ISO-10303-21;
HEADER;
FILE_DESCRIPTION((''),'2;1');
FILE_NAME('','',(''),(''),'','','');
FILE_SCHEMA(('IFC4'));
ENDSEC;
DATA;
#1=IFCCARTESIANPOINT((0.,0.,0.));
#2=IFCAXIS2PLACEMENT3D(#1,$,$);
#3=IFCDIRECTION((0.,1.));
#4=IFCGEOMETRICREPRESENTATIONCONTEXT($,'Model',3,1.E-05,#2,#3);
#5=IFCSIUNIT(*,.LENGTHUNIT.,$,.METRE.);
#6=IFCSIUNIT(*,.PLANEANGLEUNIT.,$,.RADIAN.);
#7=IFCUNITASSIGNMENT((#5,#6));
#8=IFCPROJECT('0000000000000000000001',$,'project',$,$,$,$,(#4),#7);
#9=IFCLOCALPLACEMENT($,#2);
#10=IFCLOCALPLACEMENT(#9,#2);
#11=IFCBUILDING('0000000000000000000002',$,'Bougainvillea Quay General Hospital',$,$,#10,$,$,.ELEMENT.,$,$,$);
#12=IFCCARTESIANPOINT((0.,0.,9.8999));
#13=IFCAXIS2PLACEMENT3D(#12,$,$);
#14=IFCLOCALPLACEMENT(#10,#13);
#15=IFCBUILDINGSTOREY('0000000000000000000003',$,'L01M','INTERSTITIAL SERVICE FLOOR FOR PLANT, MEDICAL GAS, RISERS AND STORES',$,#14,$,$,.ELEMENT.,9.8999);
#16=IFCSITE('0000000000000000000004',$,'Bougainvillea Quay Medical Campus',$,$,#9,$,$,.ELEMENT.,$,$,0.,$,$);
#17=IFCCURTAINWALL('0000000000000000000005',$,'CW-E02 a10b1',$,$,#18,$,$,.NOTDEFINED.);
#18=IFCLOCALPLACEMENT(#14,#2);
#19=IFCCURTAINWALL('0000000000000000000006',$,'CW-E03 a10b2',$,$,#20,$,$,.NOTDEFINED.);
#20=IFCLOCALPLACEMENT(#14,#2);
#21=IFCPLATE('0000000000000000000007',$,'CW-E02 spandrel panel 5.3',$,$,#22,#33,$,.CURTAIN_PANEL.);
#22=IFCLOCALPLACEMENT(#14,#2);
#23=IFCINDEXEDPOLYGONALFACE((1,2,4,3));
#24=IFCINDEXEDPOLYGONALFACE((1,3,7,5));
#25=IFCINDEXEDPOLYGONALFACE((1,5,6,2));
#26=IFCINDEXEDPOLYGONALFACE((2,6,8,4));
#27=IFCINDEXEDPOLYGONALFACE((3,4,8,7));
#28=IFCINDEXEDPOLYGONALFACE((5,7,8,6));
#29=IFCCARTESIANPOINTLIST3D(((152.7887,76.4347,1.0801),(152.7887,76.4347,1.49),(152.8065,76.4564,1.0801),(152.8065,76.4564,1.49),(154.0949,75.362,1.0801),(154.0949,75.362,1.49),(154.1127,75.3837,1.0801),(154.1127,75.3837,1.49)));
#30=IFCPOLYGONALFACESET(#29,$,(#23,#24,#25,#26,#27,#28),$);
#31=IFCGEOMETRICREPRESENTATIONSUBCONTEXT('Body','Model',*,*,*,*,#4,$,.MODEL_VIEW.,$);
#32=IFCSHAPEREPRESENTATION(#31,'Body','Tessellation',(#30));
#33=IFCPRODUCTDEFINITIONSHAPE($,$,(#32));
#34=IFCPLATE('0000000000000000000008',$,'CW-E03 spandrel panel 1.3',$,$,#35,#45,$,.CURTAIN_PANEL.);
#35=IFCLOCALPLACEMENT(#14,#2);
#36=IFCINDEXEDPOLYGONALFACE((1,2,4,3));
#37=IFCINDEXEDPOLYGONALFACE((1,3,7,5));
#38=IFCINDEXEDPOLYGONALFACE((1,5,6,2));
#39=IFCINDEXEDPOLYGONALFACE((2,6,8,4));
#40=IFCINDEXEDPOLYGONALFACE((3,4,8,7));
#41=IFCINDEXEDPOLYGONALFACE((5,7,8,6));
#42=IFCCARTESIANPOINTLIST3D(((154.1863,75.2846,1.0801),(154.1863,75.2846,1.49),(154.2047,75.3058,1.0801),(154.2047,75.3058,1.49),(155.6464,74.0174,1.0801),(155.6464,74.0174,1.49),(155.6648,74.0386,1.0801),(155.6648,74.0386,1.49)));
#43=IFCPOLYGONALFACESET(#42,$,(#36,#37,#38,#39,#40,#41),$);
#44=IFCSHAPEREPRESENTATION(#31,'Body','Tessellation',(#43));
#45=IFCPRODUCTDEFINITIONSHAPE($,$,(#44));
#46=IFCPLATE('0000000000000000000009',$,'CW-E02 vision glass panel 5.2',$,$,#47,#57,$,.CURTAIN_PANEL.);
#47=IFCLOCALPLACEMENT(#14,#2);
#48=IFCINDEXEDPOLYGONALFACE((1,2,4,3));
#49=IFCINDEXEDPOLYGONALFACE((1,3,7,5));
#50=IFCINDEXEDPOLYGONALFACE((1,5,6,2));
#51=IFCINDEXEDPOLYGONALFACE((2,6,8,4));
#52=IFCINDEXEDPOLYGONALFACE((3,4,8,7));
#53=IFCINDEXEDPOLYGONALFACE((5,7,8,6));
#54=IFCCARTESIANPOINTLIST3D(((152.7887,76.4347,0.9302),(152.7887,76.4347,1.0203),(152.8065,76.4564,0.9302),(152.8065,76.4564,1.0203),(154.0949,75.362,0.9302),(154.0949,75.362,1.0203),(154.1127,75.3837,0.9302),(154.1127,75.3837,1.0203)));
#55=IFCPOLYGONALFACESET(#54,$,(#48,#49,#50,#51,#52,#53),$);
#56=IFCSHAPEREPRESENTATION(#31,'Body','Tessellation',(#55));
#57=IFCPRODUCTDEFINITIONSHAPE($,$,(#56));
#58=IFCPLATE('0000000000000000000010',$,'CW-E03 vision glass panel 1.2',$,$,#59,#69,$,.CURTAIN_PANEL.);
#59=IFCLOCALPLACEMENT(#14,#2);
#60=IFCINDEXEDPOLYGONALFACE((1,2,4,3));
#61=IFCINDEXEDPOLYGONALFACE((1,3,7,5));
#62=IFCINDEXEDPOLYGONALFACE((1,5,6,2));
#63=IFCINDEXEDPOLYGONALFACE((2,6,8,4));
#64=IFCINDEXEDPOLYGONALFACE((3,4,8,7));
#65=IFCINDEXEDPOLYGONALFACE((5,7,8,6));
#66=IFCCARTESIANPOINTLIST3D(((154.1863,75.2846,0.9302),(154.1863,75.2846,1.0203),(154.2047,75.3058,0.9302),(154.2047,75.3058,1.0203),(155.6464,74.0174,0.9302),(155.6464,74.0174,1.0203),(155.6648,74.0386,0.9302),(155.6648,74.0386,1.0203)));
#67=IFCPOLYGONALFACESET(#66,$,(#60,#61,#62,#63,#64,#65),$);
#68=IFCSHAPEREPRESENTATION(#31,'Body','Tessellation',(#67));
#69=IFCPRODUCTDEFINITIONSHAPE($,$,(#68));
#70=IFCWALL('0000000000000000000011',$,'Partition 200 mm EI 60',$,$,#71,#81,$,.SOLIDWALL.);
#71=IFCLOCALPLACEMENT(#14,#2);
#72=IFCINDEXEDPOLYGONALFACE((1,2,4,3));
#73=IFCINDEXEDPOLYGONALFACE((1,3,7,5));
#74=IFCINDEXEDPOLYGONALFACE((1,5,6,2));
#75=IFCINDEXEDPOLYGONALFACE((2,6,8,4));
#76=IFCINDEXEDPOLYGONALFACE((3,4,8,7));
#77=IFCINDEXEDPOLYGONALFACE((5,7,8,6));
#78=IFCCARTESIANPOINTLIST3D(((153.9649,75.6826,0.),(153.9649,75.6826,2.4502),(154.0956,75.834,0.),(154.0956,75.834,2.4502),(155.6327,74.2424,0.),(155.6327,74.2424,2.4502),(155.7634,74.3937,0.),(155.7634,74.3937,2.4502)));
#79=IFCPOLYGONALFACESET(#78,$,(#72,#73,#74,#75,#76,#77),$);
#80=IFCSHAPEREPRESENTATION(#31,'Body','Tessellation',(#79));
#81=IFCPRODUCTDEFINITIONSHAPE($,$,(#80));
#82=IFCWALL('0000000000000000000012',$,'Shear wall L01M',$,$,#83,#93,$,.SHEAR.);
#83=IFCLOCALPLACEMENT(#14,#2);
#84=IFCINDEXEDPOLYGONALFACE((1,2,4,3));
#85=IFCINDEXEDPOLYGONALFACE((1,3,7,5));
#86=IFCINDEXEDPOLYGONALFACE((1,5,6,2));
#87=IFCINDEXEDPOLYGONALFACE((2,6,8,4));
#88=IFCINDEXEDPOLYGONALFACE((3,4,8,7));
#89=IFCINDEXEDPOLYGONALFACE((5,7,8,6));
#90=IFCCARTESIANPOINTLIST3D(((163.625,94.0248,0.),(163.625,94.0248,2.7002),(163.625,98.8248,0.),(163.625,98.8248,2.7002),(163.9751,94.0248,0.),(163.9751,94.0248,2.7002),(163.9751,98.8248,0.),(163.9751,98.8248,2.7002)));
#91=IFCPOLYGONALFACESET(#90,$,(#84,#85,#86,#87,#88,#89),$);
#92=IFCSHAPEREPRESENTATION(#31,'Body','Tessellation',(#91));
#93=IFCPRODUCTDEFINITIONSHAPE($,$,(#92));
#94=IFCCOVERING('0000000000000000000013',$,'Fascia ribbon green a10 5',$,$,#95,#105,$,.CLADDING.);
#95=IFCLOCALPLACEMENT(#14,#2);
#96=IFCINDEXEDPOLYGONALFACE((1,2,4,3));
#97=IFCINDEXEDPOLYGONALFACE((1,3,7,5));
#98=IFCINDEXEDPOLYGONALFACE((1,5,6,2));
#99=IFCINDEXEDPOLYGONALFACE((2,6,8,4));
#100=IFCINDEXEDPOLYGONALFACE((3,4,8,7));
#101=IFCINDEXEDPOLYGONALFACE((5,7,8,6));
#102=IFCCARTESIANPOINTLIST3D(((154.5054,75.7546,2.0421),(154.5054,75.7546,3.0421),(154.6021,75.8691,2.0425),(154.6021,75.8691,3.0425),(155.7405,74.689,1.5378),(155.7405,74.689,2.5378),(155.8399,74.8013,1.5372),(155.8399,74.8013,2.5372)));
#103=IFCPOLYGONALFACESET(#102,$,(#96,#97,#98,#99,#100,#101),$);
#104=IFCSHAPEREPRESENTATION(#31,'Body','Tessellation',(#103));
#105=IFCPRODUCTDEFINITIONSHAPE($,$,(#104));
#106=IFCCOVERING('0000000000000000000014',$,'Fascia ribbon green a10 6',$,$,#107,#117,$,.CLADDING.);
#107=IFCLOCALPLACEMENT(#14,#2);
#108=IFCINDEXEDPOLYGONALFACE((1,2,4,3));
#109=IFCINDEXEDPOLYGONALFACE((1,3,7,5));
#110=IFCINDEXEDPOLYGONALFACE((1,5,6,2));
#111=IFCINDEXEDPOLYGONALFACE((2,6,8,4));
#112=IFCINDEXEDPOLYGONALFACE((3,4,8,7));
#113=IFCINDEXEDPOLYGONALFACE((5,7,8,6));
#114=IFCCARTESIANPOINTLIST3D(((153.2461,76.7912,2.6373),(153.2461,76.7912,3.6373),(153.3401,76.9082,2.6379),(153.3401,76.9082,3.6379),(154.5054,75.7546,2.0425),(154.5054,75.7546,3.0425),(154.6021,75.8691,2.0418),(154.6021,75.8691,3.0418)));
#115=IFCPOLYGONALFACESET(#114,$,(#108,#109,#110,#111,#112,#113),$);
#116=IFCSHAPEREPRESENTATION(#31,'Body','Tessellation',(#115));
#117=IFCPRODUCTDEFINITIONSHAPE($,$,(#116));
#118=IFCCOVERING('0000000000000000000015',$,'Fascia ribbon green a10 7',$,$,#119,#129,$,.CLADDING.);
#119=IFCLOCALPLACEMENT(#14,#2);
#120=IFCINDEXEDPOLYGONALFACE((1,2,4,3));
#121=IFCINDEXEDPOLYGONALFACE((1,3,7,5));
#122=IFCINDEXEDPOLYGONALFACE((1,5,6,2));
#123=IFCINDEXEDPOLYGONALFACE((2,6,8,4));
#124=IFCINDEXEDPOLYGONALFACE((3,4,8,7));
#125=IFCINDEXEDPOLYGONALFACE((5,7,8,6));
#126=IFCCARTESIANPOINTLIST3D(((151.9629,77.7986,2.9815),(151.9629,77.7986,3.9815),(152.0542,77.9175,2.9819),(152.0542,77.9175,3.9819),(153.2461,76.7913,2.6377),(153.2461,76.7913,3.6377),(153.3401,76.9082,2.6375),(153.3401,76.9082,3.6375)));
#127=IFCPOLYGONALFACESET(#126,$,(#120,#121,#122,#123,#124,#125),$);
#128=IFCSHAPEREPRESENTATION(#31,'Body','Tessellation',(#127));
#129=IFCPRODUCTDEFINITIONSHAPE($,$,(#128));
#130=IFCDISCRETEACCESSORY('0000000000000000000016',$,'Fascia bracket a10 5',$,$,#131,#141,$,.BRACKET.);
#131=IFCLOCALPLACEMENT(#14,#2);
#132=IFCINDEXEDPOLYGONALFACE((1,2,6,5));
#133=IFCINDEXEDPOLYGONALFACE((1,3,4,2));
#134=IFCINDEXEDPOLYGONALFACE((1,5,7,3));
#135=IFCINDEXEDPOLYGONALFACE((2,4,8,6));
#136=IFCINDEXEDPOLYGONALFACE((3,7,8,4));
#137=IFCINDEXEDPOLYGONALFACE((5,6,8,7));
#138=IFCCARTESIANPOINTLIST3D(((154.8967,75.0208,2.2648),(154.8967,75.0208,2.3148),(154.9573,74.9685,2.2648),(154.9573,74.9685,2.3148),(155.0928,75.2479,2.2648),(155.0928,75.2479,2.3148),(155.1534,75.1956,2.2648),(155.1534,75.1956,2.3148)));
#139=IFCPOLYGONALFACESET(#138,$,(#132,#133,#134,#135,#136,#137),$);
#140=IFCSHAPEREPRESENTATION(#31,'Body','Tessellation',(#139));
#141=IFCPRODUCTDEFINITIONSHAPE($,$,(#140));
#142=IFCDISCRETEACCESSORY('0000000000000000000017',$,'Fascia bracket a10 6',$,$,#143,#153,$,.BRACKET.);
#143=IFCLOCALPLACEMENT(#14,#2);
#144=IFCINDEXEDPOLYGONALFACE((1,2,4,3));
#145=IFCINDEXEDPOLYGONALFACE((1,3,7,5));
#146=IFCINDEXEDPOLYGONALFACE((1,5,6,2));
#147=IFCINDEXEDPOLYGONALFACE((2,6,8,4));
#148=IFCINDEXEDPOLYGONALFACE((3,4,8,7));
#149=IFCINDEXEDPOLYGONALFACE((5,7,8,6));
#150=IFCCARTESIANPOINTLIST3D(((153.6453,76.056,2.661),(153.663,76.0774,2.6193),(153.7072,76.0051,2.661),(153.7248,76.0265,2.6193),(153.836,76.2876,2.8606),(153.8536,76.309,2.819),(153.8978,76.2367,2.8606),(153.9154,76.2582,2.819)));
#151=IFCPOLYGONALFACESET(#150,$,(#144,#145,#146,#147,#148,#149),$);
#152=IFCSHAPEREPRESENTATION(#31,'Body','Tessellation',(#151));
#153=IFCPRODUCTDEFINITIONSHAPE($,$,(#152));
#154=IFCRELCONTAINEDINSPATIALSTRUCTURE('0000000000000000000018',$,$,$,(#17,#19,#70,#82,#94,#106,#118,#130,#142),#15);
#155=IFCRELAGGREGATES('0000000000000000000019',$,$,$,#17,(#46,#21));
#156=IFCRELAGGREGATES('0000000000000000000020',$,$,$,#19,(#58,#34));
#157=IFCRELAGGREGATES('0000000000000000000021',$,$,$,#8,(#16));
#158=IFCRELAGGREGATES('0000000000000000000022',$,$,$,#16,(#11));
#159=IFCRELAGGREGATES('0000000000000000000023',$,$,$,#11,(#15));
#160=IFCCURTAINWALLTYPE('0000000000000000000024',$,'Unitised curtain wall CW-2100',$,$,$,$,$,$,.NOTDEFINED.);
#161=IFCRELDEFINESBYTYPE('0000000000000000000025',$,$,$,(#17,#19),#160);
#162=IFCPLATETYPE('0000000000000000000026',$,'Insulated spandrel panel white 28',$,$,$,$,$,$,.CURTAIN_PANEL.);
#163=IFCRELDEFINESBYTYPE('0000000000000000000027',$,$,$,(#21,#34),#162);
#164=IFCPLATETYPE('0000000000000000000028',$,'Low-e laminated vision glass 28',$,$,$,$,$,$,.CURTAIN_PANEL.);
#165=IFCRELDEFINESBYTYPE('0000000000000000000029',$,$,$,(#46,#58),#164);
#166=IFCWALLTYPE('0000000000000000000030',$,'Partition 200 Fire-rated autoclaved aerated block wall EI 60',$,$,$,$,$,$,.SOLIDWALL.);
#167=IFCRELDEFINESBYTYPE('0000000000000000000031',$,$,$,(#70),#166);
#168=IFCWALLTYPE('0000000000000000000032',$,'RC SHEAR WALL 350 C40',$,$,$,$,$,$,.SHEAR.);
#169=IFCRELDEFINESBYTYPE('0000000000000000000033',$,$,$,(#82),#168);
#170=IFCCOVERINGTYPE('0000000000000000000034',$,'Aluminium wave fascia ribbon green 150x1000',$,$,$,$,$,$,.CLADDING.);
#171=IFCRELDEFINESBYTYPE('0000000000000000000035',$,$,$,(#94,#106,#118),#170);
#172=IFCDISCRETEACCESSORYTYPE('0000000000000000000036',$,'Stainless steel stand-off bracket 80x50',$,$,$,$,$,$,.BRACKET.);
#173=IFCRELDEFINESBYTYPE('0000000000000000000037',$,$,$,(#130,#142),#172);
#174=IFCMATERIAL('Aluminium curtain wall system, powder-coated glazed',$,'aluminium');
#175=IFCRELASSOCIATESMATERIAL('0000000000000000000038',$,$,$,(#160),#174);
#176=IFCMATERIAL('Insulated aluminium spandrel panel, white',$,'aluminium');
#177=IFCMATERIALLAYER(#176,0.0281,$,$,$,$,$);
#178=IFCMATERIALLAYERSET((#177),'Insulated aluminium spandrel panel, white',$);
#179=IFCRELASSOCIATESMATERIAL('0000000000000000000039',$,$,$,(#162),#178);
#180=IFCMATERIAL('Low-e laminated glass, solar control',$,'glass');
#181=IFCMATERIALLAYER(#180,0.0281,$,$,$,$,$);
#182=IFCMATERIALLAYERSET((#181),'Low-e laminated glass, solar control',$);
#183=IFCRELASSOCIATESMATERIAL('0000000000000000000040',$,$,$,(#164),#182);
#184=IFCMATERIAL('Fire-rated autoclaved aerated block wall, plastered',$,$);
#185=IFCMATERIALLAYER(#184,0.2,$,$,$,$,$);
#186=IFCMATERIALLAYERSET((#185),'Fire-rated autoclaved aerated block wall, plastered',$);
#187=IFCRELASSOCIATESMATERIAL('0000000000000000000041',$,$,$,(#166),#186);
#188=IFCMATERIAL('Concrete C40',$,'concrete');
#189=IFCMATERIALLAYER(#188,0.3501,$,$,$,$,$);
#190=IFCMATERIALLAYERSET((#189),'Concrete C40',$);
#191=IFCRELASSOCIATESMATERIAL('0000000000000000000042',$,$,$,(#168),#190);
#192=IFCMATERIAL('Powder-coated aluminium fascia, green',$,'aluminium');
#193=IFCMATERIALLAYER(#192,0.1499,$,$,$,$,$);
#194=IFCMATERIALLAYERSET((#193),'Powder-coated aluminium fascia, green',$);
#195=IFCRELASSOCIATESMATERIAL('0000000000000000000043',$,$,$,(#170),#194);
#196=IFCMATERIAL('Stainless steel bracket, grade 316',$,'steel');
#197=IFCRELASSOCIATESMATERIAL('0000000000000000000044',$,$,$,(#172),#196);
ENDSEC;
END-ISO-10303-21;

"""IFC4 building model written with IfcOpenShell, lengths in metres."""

from ifc_helpers import new_model, si_unit, direction, frame, frame_2d, origin, origin_2d, place, context, subcontext, project, spatial, polyline, rectangle, outline, extrude, material, layer, layer_set, material_profile, profile_set, type_object, element, aggregate, save


model = new_model("IFC4")

# Units and contexts
model_context = context("Model", 3, precision=1e-05, world=origin(), true_north=direction((0.0, 1.0)))
body_context = subcontext(model_context, "Body", "Model", "MODEL_VIEW")
ifc_project = project(units=[si_unit("LENGTHUNIT", "METRE"), si_unit("PLANEANGLEUNIT", "RADIAN")], contexts=[model_context])

# Site, building, storey
site_placement = place(None, origin())
site = spatial("IfcSite", under=ifc_project, at=site_placement, Name="Bougainvillea Quay Medical Campus", CompositionType="ELEMENT", RefElevation=0.0)
building_placement = place(site_placement, origin())
building = spatial("IfcBuilding", under=site, at=building_placement, Name="Bougainvillea Quay General Hospital", CompositionType="ELEMENT")
storey_placement = place(building_placement, frame((0.0, 0.0, 9.8999)))
storey = spatial("IfcBuildingStorey", under=building, at=storey_placement, Name="L01M", Description="INTERSTITIAL SERVICE FLOOR FOR PLANT, MEDICAL GAS, RISERS AND STORES", CompositionType="ELEMENT", Elevation=9.8999)

# Curtain walls
ifc_material_1 = material(Name="Aluminium curtain wall system, powder-coated glazed", Category="aluminium")
curtain_wall_type = type_object("IfcCurtainWallType", Name="Unitised curtain wall CW-2100", PredefinedType="NOTDEFINED", material=ifc_material_1)
curtain_wall_1_placement = place(storey_placement, origin())
curtain_wall_1 = element("IfcCurtainWall", 1, at=curtain_wall_1_placement, inside=storey, type_object=curtain_wall_type, Name="CW-E02 a10b1", PredefinedType="NOTDEFINED")
curtain_wall_2_placement = place(storey_placement, origin())
curtain_wall_2 = element("IfcCurtainWall", 2, at=curtain_wall_2_placement, inside=storey, type_object=curtain_wall_type, Name="CW-E03 a10b2", PredefinedType="NOTDEFINED")

# Shared definitions
ifc_material_2 = material(Name="Concrete C40", Category="concrete")

# Plates
ifc_material_3 = material(Name="Insulated aluminium spandrel panel, white", Category="aluminium")
ifc_layer_1 = layer(ifc_material_3, 0.0281)
ifc_layer_set_1 = layer_set([ifc_layer_1], Name="Insulated aluminium spandrel panel, white")
plate_type_1 = type_object("IfcPlateType", Name="Insulated spandrel panel white 28", PredefinedType="CURTAIN_PANEL", material=ifc_layer_set_1)
plate_1_placement = place(storey_placement, frame((153.4507, 75.9092, 1.0801), z_axis=(0.0, 0.0, 1.0), x_axis=(0.772813, -0.634633, 0.0)))
plate_1 = element("IfcPlate", 3, at=plate_1_placement, type_object=plate_type_1, Name="CW-E02 spandrel panel 5.3", PredefinedType="CURTAIN_PANEL", context=body_context, shape_type="SweptSolid", body=[
    extrude(rectangle(XDim=1.6902, YDim=0.0281, at=origin_2d()), origin(), (0.0, 0.0, 1.0), 0.4099),
])
plate_2_placement = place(storey_placement, frame((154.9255, 74.6616, 1.0801), z_axis=(0.0, 0.0, 1.0), x_axis=(0.755224, -0.655467, 0.0)))
plate_2 = element("IfcPlate", 4, at=plate_2_placement, type_object=plate_type_1, Name="CW-E03 spandrel panel 1.3", PredefinedType="CURTAIN_PANEL", context=body_context, shape_type="SweptSolid", body=[
    extrude(rectangle(XDim=1.9333, YDim=0.0281, at=origin_2d()), origin(), (0.0, 0.0, 1.0), 0.4099),
])
ifc_material_4 = material(Name="Low-e laminated glass, solar control", Category="glass")
ifc_layer_2 = layer(ifc_material_4, 0.0281)
ifc_layer_set_2 = layer_set([ifc_layer_2], Name="Low-e laminated glass, solar control")
plate_type_2 = type_object("IfcPlateType", Name="Low-e laminated vision glass 28", PredefinedType="CURTAIN_PANEL", material=ifc_layer_set_2)
plate_3_placement = place(storey_placement, frame((153.4507, 75.9092, 0.9302), z_axis=(0.0, 0.0, 1.0), x_axis=(0.772813, -0.634633, 0.0)))
plate_3 = element("IfcPlate", 5, at=plate_3_placement, type_object=plate_type_2, Name="CW-E02 vision glass panel 5.2", PredefinedType="CURTAIN_PANEL", context=body_context, shape_type="SweptSolid", body=[
    extrude(rectangle(XDim=1.6902, YDim=0.0281, at=origin_2d()), origin(), (0.0, 0.0, 1.0), 0.0901),
])
aggregate(curtain_wall_1, [plate_3, plate_1])
plate_4_placement = place(storey_placement, frame((154.9255, 74.6616, 0.9302), z_axis=(0.0, 0.0, 1.0), x_axis=(0.755224, -0.655467, 0.0)))
plate_4 = element("IfcPlate", 6, at=plate_4_placement, type_object=plate_type_2, Name="CW-E03 vision glass panel 1.2", PredefinedType="CURTAIN_PANEL", context=body_context, shape_type="SweptSolid", body=[
    extrude(rectangle(XDim=1.9333, YDim=0.0281, at=origin_2d()), origin(), (0.0, 0.0, 1.0), 0.0901),
])
aggregate(curtain_wall_2, [plate_4, plate_2])

# Walls
ifc_material_5 = material(Name="Fire-rated autoclaved aerated block wall, plastered")
ifc_layer_3 = layer(ifc_material_5, 0.2)
ifc_layer_set_3 = layer_set([ifc_layer_3], Name="Fire-rated autoclaved aerated block wall, plastered")
wall_type_1 = type_object("IfcWallType", Name="Partition 200 Fire-rated autoclaved aerated block wall EI 60", PredefinedType="SOLIDWALL", material=ifc_layer_set_3)
wall_1_placement = place(storey_placement, frame((154.0303, 75.7583, 0.0), z_axis=(0.0, 0.0, 1.0), x_axis=(0.75685, -0.653588, 0.0)))
element("IfcWall", 7, at=wall_1_placement, inside=storey, type_object=wall_type_1, Name="Partition 200 mm EI 60", PredefinedType="SOLIDWALL", context=body_context, shape_type="SweptSolid", body=[
    extrude(rectangle(XDim=2.2036, YDim=0.2, at=frame_2d((1.1018, 0.0))), origin(), (0.0, 0.0, 1.0), 2.4502),
])
ifc_layer_4 = layer(ifc_material_2, 0.3501)
ifc_layer_set_4 = layer_set([ifc_layer_4], Name="Concrete C40")
wall_type_2 = type_object("IfcWallType", Name="RC SHEAR WALL 350 C40", PredefinedType="SHEAR", material=ifc_layer_set_4)
wall_2_placement = place(storey_placement, frame((163.8, 94.0249, 0.0), z_axis=(0.0, 0.0, 1.0), x_axis=(0.0, 1.0, 0.0)))
element("IfcWall", 8, at=wall_2_placement, inside=storey, type_object=wall_type_2, Name="Shear wall L01M", PredefinedType="SHEAR", context=body_context, shape_type="SweptSolid", body=[
    extrude(rectangle(XDim=4.8, YDim=0.3501, at=frame_2d((2.3999, 0.0))), origin(), (0.0, 0.0, 1.0), 2.7002),
])

# Coverings
ifc_material_6 = material(Name="Powder-coated aluminium fascia, green", Category="aluminium")
ifc_layer_5 = layer(ifc_material_6, 0.1499)
ifc_layer_set_5 = layer_set([ifc_layer_5], Name="Powder-coated aluminium fascia, green")
covering_type = type_object("IfcCoveringType", Name="Aluminium wave fascia ribbon green 150x1000", PredefinedType="CLADDING", material=ifc_layer_set_5)
covering_1_placement = place(storey_placement, frame((155.7405, 74.689, 1.5378), z_axis=(0.223923, -0.192524, 0.955402), x_axis=(-0.723363, 0.624131, 0.295308)))
element("IfcCovering", 9, at=covering_1_placement, inside=storey, type_object=covering_type, Name="Fascia ribbon green a10 5", PredefinedType="CLADDING", context=body_context, shape_type="SweptSolid", body=[
    extrude(outline(polyline([(0.0, 0.0), (1.7074, 0.0), (1.7091, -0.1499), (-0.002, -0.1499), (0.0, 0.0)])), origin(), (0.295308, 0.000493, 0.955402), 1.0),
])
covering_2_placement = place(storey_placement, frame((154.5054, 75.7546, 2.0425), z_axis=(0.264423, -0.217842, 0.939481), x_axis=(-0.725336, 0.597087, 0.3426)))
element("IfcCovering", 10, at=covering_2_placement, inside=storey, type_object=covering_type, Name="Fascia ribbon green a10 6", PredefinedType="CLADDING", context=body_context, shape_type="SweptSolid", body=[
    extrude(outline(polyline([(0.0, 0.0), (1.7361, 0.0), (1.738, -0.15), (-0.002, -0.1498), (0.0, 0.0)])), origin(), (0.3426, -0.000125, 0.939481), 1.0),
])
covering_3_placement = place(storey_placement, frame((153.2461, 76.7913, 2.6377), z_axis=(0.161644, -0.128019, 0.97851), x_axis=(-0.769685, 0.604209, 0.206197)))
element("IfcCovering", 11, at=covering_3_placement, inside=storey, type_object=covering_type, Name="Fascia ribbon green a10 7", PredefinedType="CLADDING", context=body_context, shape_type="SweptSolid", body=[
    extrude(outline(polyline([(0.0, 0.0), (1.6672, 0.0), (1.6688, -0.1499), (-0.0017, -0.15), (0.0, 0.0)])), origin(), (0.206197, -0.000868, 0.97851), 1.0),
])

# Discrete accessories
ifc_material_7 = material(Name="Stainless steel bracket, grade 316", Category="steel")
ifc_material_profile_1 = material_profile(ifc_material_7, rectangle(XDim=0.0801, YDim=0.05, at=origin_2d()))
ifc_profile_set_1 = profile_set([ifc_material_profile_1], Name="Stainless steel bracket, grade 316")
discrete_accessory_type = type_object("IfcDiscreteAccessoryType", Name="Stainless steel stand-off bracket 80x50", PredefinedType="BRACKET", material=ifc_profile_set_1)
discrete_accessory_1_placement = place(storey_placement, frame((154.927, 74.9946, 2.2898), z_axis=(0.653535, 0.756896, 0.0), x_axis=(-0.756896, 0.653535, 0.0)))
element("IfcDiscreteAccessory", 12, at=discrete_accessory_1_placement, inside=storey, type_object=discrete_accessory_type, Name="Fascia bracket a10 5", PredefinedType="BRACKET", context=body_context, shape_type="SweptSolid", body=[
    extrude(rectangle(XDim=0.0801, YDim=0.05, at=origin_2d()), origin(), (0.0, 0.0, 1.0), 0.3),
])
discrete_accessory_2_placement = place(storey_placement, frame((153.6851, 76.0413, 2.6401), z_axis=(0.528998, 0.64279, 0.554059), x_axis=(-0.772142, 0.635451, 0.0)))
element("IfcDiscreteAccessory", 13, at=discrete_accessory_2_placement, inside=storey, type_object=discrete_accessory_type, Name="Fascia bracket a10 6", PredefinedType="BRACKET", context=body_context, shape_type="SweptSolid", body=[
    extrude(rectangle(XDim=0.0801, YDim=0.05, at=origin_2d()), origin(), (0.0, 0.0, 1.0), 0.3604),
])

save(model, "model.ifc")
